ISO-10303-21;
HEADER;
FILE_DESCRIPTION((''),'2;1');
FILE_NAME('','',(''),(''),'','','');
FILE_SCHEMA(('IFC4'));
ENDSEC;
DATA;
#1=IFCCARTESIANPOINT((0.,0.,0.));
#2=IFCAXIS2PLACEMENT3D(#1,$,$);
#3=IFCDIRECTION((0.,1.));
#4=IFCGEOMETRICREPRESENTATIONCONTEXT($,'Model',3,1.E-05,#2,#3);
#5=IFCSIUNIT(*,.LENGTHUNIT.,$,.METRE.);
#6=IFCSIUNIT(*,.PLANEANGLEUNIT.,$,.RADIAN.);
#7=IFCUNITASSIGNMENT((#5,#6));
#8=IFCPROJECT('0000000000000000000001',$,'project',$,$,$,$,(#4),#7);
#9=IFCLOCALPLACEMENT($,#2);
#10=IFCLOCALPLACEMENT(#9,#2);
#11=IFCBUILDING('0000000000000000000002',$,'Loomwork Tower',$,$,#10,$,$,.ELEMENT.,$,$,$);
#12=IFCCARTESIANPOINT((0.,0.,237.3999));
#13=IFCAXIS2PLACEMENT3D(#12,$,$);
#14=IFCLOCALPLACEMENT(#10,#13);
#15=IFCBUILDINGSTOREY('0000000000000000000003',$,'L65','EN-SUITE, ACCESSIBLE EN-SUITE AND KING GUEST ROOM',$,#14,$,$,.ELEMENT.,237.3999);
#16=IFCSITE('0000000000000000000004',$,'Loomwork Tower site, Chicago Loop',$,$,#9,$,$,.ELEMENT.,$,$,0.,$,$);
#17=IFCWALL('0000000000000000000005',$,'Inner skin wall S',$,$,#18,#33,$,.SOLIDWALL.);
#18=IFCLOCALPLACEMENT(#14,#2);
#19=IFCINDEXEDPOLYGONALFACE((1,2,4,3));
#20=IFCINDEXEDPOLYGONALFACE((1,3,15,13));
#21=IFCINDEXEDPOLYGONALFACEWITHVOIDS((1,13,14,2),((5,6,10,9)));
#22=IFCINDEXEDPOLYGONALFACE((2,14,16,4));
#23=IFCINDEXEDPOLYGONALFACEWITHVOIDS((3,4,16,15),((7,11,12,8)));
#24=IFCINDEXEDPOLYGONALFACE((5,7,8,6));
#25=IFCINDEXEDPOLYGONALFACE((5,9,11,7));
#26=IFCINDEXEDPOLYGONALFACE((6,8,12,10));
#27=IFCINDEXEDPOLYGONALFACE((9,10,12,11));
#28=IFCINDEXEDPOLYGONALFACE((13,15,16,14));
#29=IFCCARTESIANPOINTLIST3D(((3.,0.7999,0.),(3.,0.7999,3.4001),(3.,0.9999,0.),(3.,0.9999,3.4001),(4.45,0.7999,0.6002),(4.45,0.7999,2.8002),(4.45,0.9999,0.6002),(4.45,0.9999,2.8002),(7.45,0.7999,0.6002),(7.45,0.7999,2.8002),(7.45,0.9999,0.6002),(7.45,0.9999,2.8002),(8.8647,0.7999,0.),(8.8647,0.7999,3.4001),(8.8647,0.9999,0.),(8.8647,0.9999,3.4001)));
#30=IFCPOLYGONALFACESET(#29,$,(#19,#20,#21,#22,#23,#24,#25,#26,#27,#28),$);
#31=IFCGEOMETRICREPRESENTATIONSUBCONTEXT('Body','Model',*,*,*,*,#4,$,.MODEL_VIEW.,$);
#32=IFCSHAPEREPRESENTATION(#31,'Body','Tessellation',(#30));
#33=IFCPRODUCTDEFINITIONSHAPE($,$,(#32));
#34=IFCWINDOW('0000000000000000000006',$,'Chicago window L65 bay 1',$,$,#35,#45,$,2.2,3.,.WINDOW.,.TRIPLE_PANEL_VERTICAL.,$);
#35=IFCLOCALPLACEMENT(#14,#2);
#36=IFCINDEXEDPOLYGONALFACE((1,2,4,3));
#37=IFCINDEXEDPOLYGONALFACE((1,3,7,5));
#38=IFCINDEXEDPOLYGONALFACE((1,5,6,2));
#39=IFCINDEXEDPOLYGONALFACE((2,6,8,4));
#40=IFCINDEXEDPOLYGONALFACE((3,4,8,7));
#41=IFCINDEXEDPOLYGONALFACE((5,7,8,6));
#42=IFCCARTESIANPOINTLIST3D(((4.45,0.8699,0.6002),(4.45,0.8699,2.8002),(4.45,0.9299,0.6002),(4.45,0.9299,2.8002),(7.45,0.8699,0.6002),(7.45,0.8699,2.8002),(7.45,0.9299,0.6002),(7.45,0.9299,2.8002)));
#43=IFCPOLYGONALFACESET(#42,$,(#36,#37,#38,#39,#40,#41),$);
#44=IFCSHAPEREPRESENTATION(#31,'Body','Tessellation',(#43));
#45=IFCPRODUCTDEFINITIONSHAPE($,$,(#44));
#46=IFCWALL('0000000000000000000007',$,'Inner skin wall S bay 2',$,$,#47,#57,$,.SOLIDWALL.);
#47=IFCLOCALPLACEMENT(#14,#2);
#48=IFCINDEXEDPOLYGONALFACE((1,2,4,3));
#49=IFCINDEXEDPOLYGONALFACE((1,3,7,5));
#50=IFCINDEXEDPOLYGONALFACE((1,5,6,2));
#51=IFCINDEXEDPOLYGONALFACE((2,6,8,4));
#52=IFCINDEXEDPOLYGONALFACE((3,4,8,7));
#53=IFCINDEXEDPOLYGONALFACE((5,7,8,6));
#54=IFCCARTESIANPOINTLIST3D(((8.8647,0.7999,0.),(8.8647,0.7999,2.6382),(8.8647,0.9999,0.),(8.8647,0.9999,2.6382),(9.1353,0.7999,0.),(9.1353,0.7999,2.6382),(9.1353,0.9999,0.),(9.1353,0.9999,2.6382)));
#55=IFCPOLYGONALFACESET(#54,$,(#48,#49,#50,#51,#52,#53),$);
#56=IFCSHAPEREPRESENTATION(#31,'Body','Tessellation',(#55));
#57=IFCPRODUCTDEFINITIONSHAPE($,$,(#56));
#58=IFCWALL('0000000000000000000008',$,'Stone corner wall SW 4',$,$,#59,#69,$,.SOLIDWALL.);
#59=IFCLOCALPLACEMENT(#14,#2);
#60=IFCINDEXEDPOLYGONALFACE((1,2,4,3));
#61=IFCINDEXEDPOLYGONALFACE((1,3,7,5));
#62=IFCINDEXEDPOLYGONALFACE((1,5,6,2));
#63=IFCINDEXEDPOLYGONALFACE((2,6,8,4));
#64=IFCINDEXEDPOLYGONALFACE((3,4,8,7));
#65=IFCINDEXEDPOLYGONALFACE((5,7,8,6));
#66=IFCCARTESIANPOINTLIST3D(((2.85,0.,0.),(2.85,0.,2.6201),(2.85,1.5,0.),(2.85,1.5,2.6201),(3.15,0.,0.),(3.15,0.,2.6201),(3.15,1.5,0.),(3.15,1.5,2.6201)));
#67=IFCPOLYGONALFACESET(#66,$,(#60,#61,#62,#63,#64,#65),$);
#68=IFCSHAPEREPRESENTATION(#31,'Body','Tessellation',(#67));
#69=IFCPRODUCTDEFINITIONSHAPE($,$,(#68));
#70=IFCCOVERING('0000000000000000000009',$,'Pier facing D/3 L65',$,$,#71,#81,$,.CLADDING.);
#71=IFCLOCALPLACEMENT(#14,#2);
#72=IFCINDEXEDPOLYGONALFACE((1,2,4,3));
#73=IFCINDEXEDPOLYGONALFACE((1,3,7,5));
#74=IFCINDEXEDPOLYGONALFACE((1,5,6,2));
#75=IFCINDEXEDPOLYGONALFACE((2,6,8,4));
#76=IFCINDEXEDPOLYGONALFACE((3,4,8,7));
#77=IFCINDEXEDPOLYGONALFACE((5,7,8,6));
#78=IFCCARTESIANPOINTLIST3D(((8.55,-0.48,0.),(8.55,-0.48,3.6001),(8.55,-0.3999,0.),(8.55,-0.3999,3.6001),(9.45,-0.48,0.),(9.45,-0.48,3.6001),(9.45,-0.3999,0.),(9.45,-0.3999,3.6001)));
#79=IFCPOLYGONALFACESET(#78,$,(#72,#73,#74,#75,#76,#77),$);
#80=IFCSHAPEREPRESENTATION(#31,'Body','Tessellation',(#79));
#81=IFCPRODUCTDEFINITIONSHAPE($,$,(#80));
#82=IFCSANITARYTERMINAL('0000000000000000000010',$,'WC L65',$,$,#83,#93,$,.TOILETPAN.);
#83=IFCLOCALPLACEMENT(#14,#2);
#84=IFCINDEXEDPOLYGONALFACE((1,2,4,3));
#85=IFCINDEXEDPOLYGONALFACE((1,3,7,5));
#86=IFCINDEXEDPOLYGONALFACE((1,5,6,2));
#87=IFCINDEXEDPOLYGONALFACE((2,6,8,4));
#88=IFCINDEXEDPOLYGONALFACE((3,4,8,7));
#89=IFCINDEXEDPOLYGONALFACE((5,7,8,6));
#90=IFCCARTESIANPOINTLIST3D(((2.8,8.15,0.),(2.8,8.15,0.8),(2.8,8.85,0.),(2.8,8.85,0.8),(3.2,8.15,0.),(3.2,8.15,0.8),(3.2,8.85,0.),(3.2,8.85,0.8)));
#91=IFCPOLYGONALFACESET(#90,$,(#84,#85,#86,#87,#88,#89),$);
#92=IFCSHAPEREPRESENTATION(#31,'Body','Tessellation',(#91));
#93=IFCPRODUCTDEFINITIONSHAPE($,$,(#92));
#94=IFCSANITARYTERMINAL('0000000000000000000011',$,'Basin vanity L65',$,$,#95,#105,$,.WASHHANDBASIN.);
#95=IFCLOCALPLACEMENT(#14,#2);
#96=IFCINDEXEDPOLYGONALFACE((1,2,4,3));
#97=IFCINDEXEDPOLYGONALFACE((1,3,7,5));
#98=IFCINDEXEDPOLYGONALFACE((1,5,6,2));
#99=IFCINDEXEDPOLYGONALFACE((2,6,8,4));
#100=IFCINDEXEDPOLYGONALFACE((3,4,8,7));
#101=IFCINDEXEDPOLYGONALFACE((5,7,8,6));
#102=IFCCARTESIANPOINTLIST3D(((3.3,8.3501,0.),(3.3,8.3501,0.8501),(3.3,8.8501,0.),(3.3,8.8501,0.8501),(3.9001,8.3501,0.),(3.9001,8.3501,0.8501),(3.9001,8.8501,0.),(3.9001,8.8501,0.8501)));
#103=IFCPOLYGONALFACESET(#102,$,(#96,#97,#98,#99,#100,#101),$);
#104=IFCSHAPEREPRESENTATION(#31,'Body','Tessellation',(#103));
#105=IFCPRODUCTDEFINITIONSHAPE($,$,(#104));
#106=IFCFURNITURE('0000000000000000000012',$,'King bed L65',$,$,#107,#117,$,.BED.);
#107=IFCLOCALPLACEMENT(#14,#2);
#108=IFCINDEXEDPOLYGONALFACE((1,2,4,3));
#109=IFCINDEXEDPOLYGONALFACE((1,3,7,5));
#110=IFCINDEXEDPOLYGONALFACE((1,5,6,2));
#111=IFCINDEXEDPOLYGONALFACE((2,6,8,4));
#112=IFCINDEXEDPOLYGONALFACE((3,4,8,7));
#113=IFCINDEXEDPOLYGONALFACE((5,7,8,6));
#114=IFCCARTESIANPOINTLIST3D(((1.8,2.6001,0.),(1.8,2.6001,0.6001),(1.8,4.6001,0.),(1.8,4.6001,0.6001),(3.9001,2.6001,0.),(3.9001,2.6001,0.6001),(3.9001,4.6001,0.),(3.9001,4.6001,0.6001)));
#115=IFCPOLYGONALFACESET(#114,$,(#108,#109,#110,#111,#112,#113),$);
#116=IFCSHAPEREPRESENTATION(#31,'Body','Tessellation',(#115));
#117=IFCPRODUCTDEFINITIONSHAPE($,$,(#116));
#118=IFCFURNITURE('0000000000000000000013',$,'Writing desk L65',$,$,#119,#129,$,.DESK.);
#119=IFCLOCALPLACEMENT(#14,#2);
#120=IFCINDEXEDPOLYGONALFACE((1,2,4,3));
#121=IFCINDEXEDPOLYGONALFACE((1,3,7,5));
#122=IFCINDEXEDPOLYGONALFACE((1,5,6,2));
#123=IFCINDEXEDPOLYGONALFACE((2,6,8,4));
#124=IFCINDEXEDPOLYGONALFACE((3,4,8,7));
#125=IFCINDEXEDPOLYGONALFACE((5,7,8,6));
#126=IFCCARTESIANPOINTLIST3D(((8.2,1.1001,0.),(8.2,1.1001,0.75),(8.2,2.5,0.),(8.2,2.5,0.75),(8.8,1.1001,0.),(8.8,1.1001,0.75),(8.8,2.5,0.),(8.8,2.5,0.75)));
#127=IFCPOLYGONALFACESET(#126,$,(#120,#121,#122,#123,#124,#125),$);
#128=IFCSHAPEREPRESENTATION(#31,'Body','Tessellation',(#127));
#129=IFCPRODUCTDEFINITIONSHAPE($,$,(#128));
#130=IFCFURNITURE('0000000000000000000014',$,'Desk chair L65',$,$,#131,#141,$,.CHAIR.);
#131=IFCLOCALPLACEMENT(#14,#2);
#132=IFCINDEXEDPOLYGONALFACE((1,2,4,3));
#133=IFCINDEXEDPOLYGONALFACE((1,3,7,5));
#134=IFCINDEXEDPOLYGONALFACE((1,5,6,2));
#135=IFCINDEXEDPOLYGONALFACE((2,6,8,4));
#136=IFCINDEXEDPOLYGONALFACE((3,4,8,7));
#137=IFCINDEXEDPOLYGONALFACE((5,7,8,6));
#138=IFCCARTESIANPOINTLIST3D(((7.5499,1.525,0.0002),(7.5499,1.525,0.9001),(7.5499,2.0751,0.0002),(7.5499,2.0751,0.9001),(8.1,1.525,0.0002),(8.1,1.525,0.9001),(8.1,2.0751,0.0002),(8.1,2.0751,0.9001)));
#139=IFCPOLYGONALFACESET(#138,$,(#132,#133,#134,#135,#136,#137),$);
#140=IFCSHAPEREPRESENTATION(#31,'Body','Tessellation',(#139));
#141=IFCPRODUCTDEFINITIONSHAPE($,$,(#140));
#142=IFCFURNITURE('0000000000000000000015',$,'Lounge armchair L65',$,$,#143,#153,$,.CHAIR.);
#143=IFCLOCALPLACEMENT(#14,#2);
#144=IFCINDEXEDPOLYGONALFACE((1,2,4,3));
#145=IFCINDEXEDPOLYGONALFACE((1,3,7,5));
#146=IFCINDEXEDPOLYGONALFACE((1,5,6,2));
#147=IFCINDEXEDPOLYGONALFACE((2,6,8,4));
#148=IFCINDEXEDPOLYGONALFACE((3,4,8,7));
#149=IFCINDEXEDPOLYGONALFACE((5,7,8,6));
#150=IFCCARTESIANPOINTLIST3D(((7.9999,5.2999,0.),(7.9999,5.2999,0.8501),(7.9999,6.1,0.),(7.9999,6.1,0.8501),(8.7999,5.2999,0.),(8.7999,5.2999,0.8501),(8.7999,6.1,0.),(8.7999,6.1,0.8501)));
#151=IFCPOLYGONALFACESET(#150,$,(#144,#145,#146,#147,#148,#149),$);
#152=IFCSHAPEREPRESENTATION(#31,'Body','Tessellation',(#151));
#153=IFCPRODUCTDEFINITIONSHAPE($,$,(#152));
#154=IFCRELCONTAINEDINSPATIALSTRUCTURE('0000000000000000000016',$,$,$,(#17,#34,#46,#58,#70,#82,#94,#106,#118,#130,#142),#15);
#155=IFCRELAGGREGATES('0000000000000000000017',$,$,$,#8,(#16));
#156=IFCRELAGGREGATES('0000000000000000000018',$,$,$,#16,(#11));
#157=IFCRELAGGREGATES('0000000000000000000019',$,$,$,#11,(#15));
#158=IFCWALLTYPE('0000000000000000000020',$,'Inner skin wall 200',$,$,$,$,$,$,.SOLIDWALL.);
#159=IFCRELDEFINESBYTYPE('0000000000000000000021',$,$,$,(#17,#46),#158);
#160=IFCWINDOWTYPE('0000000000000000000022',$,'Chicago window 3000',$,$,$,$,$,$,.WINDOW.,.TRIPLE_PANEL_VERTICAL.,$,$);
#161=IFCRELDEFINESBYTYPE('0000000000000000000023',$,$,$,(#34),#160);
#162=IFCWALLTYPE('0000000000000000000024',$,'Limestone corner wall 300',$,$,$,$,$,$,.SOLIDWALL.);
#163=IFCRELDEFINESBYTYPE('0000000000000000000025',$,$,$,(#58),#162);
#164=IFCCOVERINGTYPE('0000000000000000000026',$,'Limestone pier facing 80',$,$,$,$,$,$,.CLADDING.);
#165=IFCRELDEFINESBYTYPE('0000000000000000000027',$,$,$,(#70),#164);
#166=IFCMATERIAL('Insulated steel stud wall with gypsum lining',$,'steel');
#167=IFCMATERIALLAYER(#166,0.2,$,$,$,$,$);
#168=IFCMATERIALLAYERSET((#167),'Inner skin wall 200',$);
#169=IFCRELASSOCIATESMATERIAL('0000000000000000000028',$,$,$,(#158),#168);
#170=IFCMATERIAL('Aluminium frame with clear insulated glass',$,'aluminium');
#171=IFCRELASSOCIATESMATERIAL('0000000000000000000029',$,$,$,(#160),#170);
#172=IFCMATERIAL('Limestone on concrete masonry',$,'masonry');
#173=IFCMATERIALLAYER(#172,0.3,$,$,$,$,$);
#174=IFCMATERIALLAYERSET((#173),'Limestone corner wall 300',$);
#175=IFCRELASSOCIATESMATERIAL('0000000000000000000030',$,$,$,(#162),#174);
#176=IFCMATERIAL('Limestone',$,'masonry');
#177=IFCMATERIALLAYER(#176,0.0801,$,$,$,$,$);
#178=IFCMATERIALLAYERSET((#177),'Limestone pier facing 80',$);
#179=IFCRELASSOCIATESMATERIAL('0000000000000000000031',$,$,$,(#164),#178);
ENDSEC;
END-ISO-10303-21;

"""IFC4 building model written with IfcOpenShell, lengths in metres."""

from ifc_helpers import new_model, si_unit, direction, frame, frame_2d, origin, origin_2d, place, context, subcontext, project, spatial, rectangle, extrude, material, layer, layer_set, type_object, element, fill, save


model = new_model("IFC4")

# Units and contexts
model_context = context("Model", 3, precision=1e-05, world=origin(), true_north=direction((0.0, 1.0)))
body_context = subcontext(model_context, "Body", "Model", "MODEL_VIEW")
ifc_project = project(units=[si_unit("LENGTHUNIT", "METRE"), si_unit("PLANEANGLEUNIT", "RADIAN")], contexts=[model_context])

# Site, building, storey
site_placement = place(None, origin())
site = spatial("IfcSite", under=ifc_project, at=site_placement, Name="Loomwork Tower site, Chicago Loop", CompositionType="ELEMENT", RefElevation=0.0)
building_placement = place(site_placement, origin())
building = spatial("IfcBuilding", under=site, at=building_placement, Name="Loomwork Tower", CompositionType="ELEMENT")
storey_placement = place(building_placement, frame((0.0, 0.0, 237.3999)))
storey = spatial("IfcBuildingStorey", under=building, at=storey_placement, Name="L65", Description="EN-SUITE, ACCESSIBLE EN-SUITE AND KING GUEST ROOM", CompositionType="ELEMENT", Elevation=237.3999)

# Wall, opening, window
ifc_material_1 = material(Name="Insulated steel stud wall with gypsum lining", Category="steel")
ifc_layer_1 = layer(ifc_material_1, 0.2)
ifc_layer_set_1 = layer_set([ifc_layer_1], Name="Inner skin wall 200")
wall_type_1 = type_object("IfcWallType", Name="Inner skin wall 200", PredefinedType="SOLIDWALL", material=ifc_layer_set_1)
wall_1_placement = place(storey_placement, frame((3.0, 0.8999, 0.0), z_axis=(0.0, 0.0, 1.0), x_axis=(1.0, 0.0, 0.0)))
wall_1 = element("IfcWall", 1, at=wall_1_placement, inside=storey, type_object=wall_type_1, Name="Inner skin wall S", PredefinedType="SOLIDWALL", context=body_context, shape_type="SweptSolid", body=[
    extrude(rectangle(XDim=5.8647, YDim=0.2, at=frame_2d((2.9324, 0.0))), origin(), (0.0, 0.0, 1.0), 3.4001),
])
opening_1_placement = place(wall_1_placement, frame((1.45, 0.0, 0.6001)))
opening_1 = element("IfcOpeningElement", 2, at=opening_1_placement, cuts=wall_1, PredefinedType="OPENING", context=body_context, shape_type="SweptSolid", body=[
    extrude(rectangle(XDim=3.0, YDim=2.2, at=frame_2d((1.5, 1.1001))), frame((0.0, 0.1099, 0.0), z_axis=(0.0, -1.0, 0.0), x_axis=(1.0, 0.0, 0.0)), (0.0, 0.0, 1.0), 0.22),
])
ifc_material_2 = material(Name="Aluminium frame with clear insulated glass", Category="aluminium")
window_type = type_object("IfcWindowType", Name="Chicago window 3000", PartitioningType="TRIPLE_PANEL_VERTICAL", PredefinedType="WINDOW", material=ifc_material_2)
window_placement = place(opening_1_placement, origin())
window = element("IfcWindow", 3, at=window_placement, inside=storey, type_object=window_type, Name="Chicago window L65 bay 1", OverallHeight=2.2, OverallWidth=3.0, PartitioningType="TRIPLE_PANEL_VERTICAL", PredefinedType="WINDOW", context=body_context, shape_type="SweptSolid", body=[
    extrude(rectangle(XDim=3.0, YDim=2.2, at=frame_2d((1.5, 1.1001))), frame((0.0, 0.03, 0.0), z_axis=(0.0, -1.0, 0.0), x_axis=(1.0, 0.0, 0.0)), (0.0, 0.0, 1.0), 0.0601),
])
fill(opening_1, window)

# Walls
wall_2_placement = place(storey_placement, frame((8.8647, 0.8999, 0.0), z_axis=(0.0, 0.0, 1.0), x_axis=(1.0, 0.0, 0.0)))
element("IfcWall", 4, at=wall_2_placement, inside=storey, type_object=wall_type_1, Name="Inner skin wall S bay 2", PredefinedType="SOLIDWALL", context=body_context, shape_type="SweptSolid", body=[
    extrude(rectangle(XDim=0.2705, YDim=0.2, at=frame_2d((0.1353, 0.0))), origin(), (0.0, 0.0, 1.0), 2.6382),
])
ifc_material_3 = material(Name="Limestone on concrete masonry", Category="masonry")
ifc_layer_2 = layer(ifc_material_3, 0.3)
ifc_layer_set_2 = layer_set([ifc_layer_2], Name="Limestone corner wall 300")
wall_type_2 = type_object("IfcWallType", Name="Limestone corner wall 300", PredefinedType="SOLIDWALL", material=ifc_layer_set_2)
wall_3_placement = place(storey_placement, frame((3.0, 1.5, 0.0), z_axis=(0.0, 0.0, 1.0), x_axis=(0.0, -1.0, 0.0)))
element("IfcWall", 5, at=wall_3_placement, inside=storey, type_object=wall_type_2, Name="Stone corner wall SW 4", PredefinedType="SOLIDWALL", context=body_context, shape_type="SweptSolid", body=[
    extrude(rectangle(XDim=1.5, YDim=0.3, at=frame_2d((0.75, 0.0))), origin(), (0.0, 0.0, 1.0), 2.6201),
])

# Covering
ifc_material_4 = material(Name="Limestone", Category="masonry")
ifc_layer_3 = layer(ifc_material_4, 0.0801)
ifc_layer_set_3 = layer_set([ifc_layer_3], Name="Limestone pier facing 80")
covering_type = type_object("IfcCoveringType", Name="Limestone pier facing 80", PredefinedType="CLADDING", material=ifc_layer_set_3)
covering_placement = place(storey_placement, frame((9.0, -0.4399, 0.0), z_axis=(0.0, 0.0, 1.0), x_axis=(1.0, 0.0, 0.0)))
element("IfcCovering", 6, at=covering_placement, inside=storey, type_object=covering_type, Name="Pier facing D/3 L65", PredefinedType="CLADDING", context=body_context, shape_type="SweptSolid", body=[
    extrude(rectangle(XDim=0.8999, YDim=0.0801, at=origin_2d()), origin(), (0.0, 0.0, 1.0), 3.6001),
])

# Sanitary terminals
sanitary_terminal_1_placement = place(storey_placement, frame((3.0, 8.5, 0.0), z_axis=(0.0, 0.0, 1.0), x_axis=(1.0, 0.0, 0.0)))
element("IfcSanitaryTerminal", 7, at=sanitary_terminal_1_placement, inside=storey, Name="WC L65", PredefinedType="TOILETPAN", context=body_context, shape_type="SweptSolid", body=[
    extrude(rectangle(XDim=0.3999, YDim=0.7, at=origin_2d()), origin(), (0.0, 0.0, 1.0), 0.8),
])
sanitary_terminal_2_placement = place(storey_placement, frame((3.6001, 8.6001, 0.0), z_axis=(0.0, 0.0, 1.0), x_axis=(1.0, 0.0, 0.0)))
element("IfcSanitaryTerminal", 8, at=sanitary_terminal_2_placement, inside=storey, Name="Basin vanity L65", PredefinedType="WASHHANDBASIN", context=body_context, shape_type="SweptSolid", body=[
    extrude(rectangle(XDim=0.6001, YDim=0.5, at=origin_2d()), origin(), (0.0, 0.0, 1.0), 0.8501),
])

# Furniture
furniture_1_placement = place(storey_placement, frame((2.8501, 3.6001, 0.0), z_axis=(0.0, 0.0, 1.0), x_axis=(1.0, 0.0, 0.0)))
element("IfcFurniture", 9, at=furniture_1_placement, inside=storey, Name="King bed L65", PredefinedType="BED", context=body_context, shape_type="SweptSolid", body=[
    extrude(rectangle(XDim=2.1001, YDim=2.0, at=origin_2d()), origin(), (0.0, 0.0, 1.0), 0.6001),
])
furniture_2_placement = place(storey_placement, frame((8.5, 1.8, 0.0), z_axis=(0.0, 0.0, 1.0), x_axis=(1.0, 0.0, 0.0)))
element("IfcFurniture", 10, at=furniture_2_placement, inside=storey, Name="Writing desk L65", PredefinedType="DESK", context=body_context, shape_type="SweptSolid", body=[
    extrude(rectangle(XDim=0.6001, YDim=1.3999, at=origin_2d()), origin(), (0.0, 0.0, 1.0), 0.75),
])
furniture_3_placement = place(storey_placement, frame((7.825, 1.8, 0.0002), z_axis=(0.0, 0.0, 1.0), x_axis=(1.0, 0.0, 0.0)))
element("IfcFurniture", 11, at=furniture_3_placement, inside=storey, Name="Desk chair L65", PredefinedType="CHAIR", context=body_context, shape_type="SweptSolid", body=[
    extrude(rectangle(XDim=0.55, YDim=0.55, at=origin_2d()), origin(), (0.0, 0.0, 1.0), 0.8999),
])
furniture_4_placement = place(storey_placement, frame((8.3999, 5.7, 0.0), z_axis=(0.0, 0.0, 1.0), x_axis=(1.0, 0.0, 0.0)))
element("IfcFurniture", 12, at=furniture_4_placement, inside=storey, Name="Lounge armchair L65", PredefinedType="CHAIR", context=body_context, shape_type="SweptSolid", body=[
    extrude(rectangle(XDim=0.8, YDim=0.8, at=origin_2d()), origin(), (0.0, 0.0, 1.0), 0.8501),
])

save(model, "model.ifc")
